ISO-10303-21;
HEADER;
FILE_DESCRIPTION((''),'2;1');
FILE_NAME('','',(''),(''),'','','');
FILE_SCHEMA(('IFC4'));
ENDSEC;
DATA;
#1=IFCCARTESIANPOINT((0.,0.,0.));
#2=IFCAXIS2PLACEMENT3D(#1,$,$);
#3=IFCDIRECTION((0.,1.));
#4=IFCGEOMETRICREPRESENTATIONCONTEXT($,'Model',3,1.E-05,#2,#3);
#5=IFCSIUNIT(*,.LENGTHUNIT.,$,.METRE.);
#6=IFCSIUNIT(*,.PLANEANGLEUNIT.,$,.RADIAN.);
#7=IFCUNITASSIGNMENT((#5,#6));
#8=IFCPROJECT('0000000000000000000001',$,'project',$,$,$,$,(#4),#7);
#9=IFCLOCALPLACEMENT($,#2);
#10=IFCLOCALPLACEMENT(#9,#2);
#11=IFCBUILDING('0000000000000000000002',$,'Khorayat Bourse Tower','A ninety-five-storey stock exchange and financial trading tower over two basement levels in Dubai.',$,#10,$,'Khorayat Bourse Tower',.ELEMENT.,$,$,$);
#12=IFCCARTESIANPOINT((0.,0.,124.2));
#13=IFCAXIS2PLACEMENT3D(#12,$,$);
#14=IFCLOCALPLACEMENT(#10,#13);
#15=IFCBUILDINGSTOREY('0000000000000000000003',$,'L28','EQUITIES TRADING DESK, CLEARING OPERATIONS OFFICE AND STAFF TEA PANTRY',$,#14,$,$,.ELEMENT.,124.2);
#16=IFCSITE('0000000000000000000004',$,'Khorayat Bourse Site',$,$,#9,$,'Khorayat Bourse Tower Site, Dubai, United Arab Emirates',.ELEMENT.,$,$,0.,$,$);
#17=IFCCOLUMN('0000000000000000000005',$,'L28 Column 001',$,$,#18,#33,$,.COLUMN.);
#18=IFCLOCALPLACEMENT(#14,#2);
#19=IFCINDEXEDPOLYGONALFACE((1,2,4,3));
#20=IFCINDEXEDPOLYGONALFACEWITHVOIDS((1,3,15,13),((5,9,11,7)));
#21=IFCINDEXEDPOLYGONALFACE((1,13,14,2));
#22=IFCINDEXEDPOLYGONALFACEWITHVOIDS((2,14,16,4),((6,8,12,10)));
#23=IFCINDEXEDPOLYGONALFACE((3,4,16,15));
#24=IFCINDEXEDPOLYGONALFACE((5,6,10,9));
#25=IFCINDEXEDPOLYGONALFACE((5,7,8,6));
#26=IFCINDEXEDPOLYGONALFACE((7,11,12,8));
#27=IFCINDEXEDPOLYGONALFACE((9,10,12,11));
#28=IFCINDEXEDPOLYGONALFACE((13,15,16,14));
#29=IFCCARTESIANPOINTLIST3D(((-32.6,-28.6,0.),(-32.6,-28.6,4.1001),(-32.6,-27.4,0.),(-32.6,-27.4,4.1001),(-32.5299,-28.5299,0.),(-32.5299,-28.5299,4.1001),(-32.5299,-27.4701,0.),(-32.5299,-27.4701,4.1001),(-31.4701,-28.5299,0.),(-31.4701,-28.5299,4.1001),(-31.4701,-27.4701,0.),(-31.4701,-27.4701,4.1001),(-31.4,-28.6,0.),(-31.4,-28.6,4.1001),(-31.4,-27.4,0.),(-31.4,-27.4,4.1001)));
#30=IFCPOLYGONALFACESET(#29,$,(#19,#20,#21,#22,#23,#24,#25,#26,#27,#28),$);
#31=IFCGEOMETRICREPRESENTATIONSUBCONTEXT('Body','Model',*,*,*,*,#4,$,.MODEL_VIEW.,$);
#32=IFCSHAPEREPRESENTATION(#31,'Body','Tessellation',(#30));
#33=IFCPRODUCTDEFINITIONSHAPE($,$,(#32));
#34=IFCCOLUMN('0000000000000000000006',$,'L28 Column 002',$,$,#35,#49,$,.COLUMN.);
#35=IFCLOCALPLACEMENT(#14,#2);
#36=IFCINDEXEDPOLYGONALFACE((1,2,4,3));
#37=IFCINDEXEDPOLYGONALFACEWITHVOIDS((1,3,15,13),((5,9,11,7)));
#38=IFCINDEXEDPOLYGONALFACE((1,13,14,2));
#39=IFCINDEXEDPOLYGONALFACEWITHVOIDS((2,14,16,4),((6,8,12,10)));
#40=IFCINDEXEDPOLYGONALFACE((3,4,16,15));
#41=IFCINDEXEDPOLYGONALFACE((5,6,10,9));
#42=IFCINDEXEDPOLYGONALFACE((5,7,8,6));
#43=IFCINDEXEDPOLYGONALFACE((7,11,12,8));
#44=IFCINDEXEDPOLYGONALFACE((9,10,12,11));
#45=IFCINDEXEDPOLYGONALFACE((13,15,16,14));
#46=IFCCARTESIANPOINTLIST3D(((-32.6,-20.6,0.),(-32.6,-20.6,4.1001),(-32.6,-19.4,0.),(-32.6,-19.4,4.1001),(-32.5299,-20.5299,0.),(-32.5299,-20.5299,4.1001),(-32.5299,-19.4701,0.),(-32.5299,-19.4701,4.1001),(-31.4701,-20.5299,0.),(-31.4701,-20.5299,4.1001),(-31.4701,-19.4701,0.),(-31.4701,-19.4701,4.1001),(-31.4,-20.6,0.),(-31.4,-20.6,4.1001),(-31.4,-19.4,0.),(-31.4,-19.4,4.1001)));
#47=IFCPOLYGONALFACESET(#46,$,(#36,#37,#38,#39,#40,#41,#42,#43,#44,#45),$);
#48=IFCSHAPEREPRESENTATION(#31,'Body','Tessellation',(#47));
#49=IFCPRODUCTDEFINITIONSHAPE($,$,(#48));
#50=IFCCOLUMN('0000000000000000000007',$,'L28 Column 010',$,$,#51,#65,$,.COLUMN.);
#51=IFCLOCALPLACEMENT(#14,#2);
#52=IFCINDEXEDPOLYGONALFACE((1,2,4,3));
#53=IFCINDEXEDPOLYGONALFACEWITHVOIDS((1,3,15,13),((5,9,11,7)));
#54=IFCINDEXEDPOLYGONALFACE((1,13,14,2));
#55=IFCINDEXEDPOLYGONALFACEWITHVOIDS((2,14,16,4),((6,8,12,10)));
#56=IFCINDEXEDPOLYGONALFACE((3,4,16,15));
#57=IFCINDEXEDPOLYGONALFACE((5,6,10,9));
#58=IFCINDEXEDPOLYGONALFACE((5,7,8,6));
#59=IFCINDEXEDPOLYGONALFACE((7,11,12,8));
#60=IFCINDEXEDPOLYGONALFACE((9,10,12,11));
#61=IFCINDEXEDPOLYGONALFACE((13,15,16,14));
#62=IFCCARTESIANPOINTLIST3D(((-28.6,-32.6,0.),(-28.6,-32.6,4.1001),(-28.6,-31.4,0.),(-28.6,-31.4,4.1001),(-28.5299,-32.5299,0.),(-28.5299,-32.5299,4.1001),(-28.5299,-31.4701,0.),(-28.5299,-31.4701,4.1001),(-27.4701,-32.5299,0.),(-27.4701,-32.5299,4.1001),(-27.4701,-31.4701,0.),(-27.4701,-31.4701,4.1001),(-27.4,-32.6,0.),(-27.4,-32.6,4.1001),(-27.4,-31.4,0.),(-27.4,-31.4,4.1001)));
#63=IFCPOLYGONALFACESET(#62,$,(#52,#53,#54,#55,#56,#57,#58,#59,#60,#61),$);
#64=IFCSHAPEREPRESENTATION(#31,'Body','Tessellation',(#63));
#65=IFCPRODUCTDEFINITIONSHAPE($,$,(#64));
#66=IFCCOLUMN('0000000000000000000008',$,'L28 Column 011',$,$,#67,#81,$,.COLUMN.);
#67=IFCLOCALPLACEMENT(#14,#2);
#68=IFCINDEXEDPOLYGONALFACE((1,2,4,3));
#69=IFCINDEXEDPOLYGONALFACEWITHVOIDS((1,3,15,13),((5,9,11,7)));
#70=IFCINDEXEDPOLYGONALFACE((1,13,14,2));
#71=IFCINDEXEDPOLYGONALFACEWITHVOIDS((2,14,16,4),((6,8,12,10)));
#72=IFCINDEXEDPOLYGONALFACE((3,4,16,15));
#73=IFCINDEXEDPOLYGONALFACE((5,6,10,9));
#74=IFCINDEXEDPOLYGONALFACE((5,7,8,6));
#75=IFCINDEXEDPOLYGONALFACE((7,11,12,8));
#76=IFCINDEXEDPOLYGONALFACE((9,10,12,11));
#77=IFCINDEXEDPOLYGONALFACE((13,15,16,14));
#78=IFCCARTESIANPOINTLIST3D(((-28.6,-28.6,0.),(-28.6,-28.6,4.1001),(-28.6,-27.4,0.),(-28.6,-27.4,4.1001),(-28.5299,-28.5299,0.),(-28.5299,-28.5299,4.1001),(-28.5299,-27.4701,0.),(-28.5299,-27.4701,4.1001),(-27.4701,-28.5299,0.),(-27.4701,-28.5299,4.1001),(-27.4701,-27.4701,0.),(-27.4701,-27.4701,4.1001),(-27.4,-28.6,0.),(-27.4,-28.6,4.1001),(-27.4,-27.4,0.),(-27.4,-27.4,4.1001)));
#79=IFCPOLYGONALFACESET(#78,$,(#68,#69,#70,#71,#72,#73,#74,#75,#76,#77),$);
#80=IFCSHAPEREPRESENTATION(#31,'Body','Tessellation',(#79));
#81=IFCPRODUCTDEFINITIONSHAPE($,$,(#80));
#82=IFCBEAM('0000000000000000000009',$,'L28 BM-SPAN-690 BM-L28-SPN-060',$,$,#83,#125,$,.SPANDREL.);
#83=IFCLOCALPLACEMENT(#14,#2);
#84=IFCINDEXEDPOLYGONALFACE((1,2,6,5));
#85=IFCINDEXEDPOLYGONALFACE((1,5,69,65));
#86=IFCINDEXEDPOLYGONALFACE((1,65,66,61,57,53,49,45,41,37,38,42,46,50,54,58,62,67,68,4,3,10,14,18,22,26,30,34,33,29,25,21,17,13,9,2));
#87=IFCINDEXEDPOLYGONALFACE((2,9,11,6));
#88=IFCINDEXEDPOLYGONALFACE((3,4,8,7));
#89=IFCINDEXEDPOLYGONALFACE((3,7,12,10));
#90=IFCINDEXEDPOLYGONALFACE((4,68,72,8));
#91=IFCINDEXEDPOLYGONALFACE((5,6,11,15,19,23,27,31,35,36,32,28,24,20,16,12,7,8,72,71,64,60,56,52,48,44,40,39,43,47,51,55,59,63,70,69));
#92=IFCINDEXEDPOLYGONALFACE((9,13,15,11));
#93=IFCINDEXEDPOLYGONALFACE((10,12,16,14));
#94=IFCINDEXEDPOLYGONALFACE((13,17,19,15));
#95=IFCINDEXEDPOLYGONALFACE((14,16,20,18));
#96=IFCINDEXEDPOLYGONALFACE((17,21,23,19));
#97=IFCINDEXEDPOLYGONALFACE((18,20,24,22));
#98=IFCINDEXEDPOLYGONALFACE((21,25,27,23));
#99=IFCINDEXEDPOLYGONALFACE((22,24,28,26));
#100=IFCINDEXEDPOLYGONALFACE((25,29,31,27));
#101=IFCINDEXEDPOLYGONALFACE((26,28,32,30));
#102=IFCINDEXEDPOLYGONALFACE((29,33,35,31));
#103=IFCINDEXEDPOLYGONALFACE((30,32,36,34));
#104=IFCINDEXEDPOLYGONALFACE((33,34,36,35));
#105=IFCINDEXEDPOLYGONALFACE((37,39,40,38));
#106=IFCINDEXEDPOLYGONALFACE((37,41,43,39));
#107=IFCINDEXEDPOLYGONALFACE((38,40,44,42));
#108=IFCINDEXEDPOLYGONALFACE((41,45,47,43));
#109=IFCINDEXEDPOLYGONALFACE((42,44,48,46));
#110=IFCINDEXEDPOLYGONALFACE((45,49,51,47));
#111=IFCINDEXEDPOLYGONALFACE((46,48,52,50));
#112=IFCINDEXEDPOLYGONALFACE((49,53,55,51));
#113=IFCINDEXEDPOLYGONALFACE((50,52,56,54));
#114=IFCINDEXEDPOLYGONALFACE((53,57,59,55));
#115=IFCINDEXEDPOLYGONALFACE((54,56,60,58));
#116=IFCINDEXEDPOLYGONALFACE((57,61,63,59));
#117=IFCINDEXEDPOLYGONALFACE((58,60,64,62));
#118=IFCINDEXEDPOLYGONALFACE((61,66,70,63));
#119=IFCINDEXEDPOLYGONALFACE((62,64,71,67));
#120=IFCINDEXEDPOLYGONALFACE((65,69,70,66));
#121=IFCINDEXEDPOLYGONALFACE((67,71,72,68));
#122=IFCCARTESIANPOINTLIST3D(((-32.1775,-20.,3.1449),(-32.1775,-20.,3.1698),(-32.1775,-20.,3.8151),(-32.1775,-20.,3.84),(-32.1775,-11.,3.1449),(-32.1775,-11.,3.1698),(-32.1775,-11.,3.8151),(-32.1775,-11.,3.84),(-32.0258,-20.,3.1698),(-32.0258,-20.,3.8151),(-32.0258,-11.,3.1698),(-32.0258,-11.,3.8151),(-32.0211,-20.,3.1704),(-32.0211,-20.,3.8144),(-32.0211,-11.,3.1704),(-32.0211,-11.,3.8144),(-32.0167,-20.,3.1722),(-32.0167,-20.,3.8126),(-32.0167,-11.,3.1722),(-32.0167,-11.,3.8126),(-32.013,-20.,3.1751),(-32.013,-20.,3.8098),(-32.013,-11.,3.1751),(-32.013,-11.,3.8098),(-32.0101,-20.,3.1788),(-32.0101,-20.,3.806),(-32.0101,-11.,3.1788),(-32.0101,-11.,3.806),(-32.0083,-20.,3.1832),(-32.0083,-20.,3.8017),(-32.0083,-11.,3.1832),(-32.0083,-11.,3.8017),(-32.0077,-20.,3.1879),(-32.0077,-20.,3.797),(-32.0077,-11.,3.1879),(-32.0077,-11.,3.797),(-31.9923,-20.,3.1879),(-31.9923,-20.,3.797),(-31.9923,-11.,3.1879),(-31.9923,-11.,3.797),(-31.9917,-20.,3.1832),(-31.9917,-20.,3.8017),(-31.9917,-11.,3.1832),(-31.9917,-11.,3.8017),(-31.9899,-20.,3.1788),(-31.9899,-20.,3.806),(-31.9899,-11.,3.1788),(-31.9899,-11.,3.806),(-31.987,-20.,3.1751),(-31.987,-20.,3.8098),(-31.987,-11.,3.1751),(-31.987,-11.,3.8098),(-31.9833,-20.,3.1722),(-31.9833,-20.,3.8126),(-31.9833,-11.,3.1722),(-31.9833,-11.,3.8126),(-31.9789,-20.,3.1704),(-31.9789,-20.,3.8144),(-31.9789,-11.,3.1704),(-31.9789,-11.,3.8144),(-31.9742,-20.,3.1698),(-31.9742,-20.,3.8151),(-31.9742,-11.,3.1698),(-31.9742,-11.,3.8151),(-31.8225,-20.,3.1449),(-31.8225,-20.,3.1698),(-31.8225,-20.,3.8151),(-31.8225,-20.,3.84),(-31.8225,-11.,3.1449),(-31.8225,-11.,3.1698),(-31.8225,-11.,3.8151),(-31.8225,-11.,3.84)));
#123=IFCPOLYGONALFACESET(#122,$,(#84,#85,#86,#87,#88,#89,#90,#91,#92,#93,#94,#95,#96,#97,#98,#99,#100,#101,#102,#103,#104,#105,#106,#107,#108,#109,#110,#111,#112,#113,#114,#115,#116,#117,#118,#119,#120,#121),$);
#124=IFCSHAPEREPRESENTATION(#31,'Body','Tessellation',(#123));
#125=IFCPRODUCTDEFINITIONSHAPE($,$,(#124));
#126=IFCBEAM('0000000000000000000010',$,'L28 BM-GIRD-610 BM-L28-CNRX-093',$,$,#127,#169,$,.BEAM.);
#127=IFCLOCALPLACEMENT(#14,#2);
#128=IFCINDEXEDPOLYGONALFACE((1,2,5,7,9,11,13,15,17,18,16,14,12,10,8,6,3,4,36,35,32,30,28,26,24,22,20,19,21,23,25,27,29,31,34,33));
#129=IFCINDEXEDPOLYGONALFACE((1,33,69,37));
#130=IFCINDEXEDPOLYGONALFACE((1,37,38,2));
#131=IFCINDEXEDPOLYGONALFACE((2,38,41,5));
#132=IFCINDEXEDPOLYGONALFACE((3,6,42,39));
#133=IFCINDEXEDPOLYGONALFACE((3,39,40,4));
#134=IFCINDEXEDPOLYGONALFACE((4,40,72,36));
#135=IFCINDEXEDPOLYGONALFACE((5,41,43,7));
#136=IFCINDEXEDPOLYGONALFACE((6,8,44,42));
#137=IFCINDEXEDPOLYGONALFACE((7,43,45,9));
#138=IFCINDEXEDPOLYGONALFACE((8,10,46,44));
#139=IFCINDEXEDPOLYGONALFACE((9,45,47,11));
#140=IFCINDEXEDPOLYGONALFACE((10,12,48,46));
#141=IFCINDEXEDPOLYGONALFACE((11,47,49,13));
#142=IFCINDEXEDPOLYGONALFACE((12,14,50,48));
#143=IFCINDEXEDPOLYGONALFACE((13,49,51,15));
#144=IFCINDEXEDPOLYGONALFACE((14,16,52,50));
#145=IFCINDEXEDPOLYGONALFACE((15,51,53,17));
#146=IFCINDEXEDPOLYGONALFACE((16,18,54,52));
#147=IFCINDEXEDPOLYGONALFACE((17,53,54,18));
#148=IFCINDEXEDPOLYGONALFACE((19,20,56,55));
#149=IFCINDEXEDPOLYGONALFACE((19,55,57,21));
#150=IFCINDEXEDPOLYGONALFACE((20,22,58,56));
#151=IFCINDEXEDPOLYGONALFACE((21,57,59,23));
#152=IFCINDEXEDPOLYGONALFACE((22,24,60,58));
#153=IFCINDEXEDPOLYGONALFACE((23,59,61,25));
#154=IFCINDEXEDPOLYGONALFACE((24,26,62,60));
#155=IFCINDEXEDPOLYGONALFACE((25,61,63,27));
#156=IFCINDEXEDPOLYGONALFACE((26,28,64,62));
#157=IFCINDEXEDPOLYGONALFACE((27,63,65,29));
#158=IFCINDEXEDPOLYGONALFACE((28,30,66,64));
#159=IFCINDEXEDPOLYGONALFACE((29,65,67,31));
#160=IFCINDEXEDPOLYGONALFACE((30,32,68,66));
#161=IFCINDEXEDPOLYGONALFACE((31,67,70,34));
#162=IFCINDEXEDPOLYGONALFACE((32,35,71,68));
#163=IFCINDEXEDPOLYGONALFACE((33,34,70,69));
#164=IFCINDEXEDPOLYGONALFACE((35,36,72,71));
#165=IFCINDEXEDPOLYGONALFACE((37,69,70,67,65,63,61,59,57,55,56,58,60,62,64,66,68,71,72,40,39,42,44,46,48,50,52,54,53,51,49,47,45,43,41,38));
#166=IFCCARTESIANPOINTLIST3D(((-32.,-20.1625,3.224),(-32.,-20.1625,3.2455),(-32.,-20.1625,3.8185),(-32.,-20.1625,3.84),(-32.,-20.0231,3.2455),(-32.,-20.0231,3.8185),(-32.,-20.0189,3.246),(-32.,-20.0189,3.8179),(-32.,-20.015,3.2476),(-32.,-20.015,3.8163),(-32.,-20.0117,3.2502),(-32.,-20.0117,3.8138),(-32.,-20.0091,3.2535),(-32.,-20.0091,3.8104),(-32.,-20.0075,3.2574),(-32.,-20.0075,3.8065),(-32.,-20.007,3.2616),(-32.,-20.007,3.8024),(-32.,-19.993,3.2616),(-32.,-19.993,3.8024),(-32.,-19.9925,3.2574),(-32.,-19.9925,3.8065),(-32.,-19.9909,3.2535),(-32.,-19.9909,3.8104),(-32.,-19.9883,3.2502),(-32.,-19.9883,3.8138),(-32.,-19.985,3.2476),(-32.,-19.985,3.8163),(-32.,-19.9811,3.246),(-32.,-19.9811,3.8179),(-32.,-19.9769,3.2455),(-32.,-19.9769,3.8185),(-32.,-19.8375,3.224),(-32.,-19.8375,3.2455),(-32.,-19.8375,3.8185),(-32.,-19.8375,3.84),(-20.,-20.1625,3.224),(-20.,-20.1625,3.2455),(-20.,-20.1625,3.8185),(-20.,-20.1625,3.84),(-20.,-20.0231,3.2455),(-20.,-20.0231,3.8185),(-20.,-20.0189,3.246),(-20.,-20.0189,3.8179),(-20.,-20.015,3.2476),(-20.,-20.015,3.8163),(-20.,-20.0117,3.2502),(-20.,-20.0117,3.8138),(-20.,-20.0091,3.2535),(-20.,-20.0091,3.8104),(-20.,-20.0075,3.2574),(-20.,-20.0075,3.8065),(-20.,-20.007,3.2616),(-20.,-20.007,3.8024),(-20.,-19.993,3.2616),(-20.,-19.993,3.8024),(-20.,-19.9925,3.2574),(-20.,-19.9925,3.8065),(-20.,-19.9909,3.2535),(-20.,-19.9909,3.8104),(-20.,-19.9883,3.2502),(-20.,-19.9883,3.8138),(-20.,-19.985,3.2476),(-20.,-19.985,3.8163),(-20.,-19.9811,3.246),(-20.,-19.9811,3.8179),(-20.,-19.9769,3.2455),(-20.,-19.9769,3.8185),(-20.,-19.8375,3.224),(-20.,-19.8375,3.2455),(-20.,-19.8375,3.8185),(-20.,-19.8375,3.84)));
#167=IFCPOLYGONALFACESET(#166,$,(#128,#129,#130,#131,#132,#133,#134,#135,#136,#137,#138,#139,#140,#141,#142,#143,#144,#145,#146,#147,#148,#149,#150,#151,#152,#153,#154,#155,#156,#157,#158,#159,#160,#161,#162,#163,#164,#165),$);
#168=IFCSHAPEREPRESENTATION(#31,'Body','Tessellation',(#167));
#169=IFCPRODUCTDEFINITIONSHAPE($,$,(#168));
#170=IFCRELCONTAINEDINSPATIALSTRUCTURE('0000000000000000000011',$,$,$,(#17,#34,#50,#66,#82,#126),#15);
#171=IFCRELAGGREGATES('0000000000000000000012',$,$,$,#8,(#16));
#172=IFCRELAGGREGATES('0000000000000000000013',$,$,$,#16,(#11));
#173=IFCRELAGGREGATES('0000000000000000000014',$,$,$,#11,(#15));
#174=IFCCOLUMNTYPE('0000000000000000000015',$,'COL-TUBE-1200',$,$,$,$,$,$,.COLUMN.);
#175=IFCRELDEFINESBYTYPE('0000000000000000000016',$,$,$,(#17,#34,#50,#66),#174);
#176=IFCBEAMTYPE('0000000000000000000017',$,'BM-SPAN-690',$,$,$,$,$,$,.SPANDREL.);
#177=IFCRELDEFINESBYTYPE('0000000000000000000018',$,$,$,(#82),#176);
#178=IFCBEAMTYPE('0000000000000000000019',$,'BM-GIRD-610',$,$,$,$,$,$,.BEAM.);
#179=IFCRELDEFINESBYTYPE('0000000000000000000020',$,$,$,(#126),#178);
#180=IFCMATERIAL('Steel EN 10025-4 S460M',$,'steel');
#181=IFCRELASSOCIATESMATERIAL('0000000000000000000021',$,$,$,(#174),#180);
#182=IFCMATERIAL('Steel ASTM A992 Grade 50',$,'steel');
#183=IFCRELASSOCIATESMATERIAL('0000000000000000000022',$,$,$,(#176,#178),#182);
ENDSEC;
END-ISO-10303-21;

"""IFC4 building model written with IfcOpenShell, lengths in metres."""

from ifc_helpers import new_model, si_unit, direction, frame, origin, origin_2d, place, context, subcontext, project, spatial, hollow_rectangle, i_section, extrude, source, transform, mapped, material, material_profile, profile_set, type_object, element, save


model = new_model("IFC4")

# Units and contexts
model_context = context("Model", 3, precision=1e-05, world=origin(), true_north=direction((0.0, 1.0)))
body_context = subcontext(model_context, "Body", "Model", "MODEL_VIEW")
ifc_project = project(units=[si_unit("LENGTHUNIT", "METRE"), si_unit("PLANEANGLEUNIT", "RADIAN")], contexts=[model_context])

# Site, building, storey
site_placement = place(None, origin())
site = spatial("IfcSite", under=ifc_project, at=site_placement, Name="Khorayat Bourse Site", LongName="Khorayat Bourse Tower Site, Dubai, United Arab Emirates", CompositionType="ELEMENT", RefElevation=0.0)
building_placement = place(site_placement, origin())
building = spatial("IfcBuilding", under=site, at=building_placement, Name="Khorayat Bourse Tower", Description="A ninety-five-storey stock exchange and financial trading tower over two basement levels in Dubai.", LongName="Khorayat Bourse Tower", CompositionType="ELEMENT")
storey_placement = place(building_placement, frame((0.0, 0.0, 124.2)))
storey = spatial("IfcBuildingStorey", under=building, at=storey_placement, Name="L28", Description="EQUITIES TRADING DESK, CLEARING OPERATIONS OFFICE AND STAFF TEA PANTRY", CompositionType="ELEMENT", Elevation=124.2)

# Columns
ifc_material_1 = material(Name="Steel EN 10025-4 S460M", Category="steel")
ifc_material_profile_1 = material_profile(ifc_material_1, hollow_rectangle(XDim=1.2, YDim=1.2, WallThickness=0.0701, at=origin_2d()), Name="BOX 1200x1200x70")
ifc_profile_set_1 = profile_set([ifc_material_profile_1], Name="Steel EN 10025-4 S460M")
column_type = type_object("IfcColumnType", Name="COL-TUBE-1200", PredefinedType="COLUMN", material=ifc_profile_set_1)
shared_shape_1 = source(origin(), body_context, "Body", "SweptSolid", [
    extrude(hollow_rectangle(XDim=1.2, YDim=1.2, WallThickness=0.0701, at=origin_2d()), origin(), (0.0, 0.0, 1.0), 4.1001),
])
for number, where, z_axis, x_axis, name in (
    (1, (-32.0, -28.0, 0.0), (0.0, 0.0, 1.0), (1.0, 0.0, 0.0), "L28 Column 001"),
    (2, (-32.0, -20.0, 0.0), (0.0, 0.0, 1.0), (1.0, 0.0, 0.0), "L28 Column 002"),
    (3, (-28.0, -32.0, 0.0), (0.0, 0.0, 1.0), (1.0, 0.0, 0.0), "L28 Column 010"),
    (4, (-28.0, -28.0, 0.0), (0.0, 0.0, 1.0), (1.0, 0.0, 0.0), "L28 Column 011"),
):
    element("IfcColumn", number, at=place(storey_placement, frame(where, z_axis=z_axis, x_axis=x_axis)), inside=storey, type_object=column_type, Name=name, PredefinedType="COLUMN", context=body_context, shape_type="MappedRepresentation", body=[
        mapped(shared_shape_1, transform((0.0, 0.0, 0.0), scale=1.0)),
    ])

# Beams
ifc_material_2 = material(Name="Steel ASTM A992 Grade 50", Category="steel")
ifc_material_profile_2 = material_profile(ifc_material_2, i_section(OverallWidth=0.355, OverallDepth=0.6951, WebThickness=0.0154, FlangeThickness=0.0249, FilletRadius=0.0181, at=origin_2d()), Name="W690X217")
ifc_profile_set_2 = profile_set([ifc_material_profile_2], Name="Steel ASTM A992 Grade 50")
beam_type_1 = type_object("IfcBeamType", Name="BM-SPAN-690", PredefinedType="SPANDREL", material=ifc_profile_set_2)
shared_shape_2 = source(origin(), body_context, "Body", "SweptSolid", [
    extrude(i_section(OverallWidth=0.355, OverallDepth=0.6951, WebThickness=0.0154, FlangeThickness=0.0249, FilletRadius=0.0181, at=origin_2d()), origin(), (0.0, 0.0, 1.0), 9.0),
])
beam_1_placement = place(storey_placement, frame((-32.0, -20.0, 3.4924), z_axis=(0.0, 1.0, 0.0), x_axis=(-1.0, 0.0, 0.0)))
element("IfcBeam", 5, at=beam_1_placement, inside=storey, type_object=beam_type_1, Name="L28 BM-SPAN-690 BM-L28-SPN-060", PredefinedType="SPANDREL", context=body_context, shape_type="MappedRepresentation", body=[
    mapped(shared_shape_2, transform((0.0, 0.0, 0.0), scale=1.0)),
])
ifc_material_profile_3 = material_profile(ifc_material_2, i_section(OverallWidth=0.325, OverallDepth=0.616, WebThickness=0.0139, FlangeThickness=0.0215, FilletRadius=0.0161, at=origin_2d()), Name="W610X174")
ifc_profile_set_3 = profile_set([ifc_material_profile_3], Name="Steel ASTM A992 Grade 50")
beam_type_2 = type_object("IfcBeamType", Name="BM-GIRD-610", PredefinedType="BEAM", material=ifc_profile_set_3)
shared_shape_3 = source(origin(), body_context, "Body", "SweptSolid", [
    extrude(i_section(OverallWidth=0.325, OverallDepth=0.616, WebThickness=0.0139, FlangeThickness=0.0215, FilletRadius=0.0161, at=origin_2d()), origin(), (0.0, 0.0, 1.0), 12.0),
])
beam_2_placement = place(storey_placement, frame((-32.0, -20.0, 3.532), z_axis=(1.0, 0.0, 0.0), x_axis=(0.0, 1.0, 0.0)))
element("IfcBeam", 6, at=beam_2_placement, inside=storey, type_object=beam_type_2, Name="L28 BM-GIRD-610 BM-L28-CNRX-093", PredefinedType="BEAM", context=body_context, shape_type="MappedRepresentation", body=[
    mapped(shared_shape_3, transform((0.0, 0.0, 0.0), scale=1.0)),
])

save(model, "model.ifc")
